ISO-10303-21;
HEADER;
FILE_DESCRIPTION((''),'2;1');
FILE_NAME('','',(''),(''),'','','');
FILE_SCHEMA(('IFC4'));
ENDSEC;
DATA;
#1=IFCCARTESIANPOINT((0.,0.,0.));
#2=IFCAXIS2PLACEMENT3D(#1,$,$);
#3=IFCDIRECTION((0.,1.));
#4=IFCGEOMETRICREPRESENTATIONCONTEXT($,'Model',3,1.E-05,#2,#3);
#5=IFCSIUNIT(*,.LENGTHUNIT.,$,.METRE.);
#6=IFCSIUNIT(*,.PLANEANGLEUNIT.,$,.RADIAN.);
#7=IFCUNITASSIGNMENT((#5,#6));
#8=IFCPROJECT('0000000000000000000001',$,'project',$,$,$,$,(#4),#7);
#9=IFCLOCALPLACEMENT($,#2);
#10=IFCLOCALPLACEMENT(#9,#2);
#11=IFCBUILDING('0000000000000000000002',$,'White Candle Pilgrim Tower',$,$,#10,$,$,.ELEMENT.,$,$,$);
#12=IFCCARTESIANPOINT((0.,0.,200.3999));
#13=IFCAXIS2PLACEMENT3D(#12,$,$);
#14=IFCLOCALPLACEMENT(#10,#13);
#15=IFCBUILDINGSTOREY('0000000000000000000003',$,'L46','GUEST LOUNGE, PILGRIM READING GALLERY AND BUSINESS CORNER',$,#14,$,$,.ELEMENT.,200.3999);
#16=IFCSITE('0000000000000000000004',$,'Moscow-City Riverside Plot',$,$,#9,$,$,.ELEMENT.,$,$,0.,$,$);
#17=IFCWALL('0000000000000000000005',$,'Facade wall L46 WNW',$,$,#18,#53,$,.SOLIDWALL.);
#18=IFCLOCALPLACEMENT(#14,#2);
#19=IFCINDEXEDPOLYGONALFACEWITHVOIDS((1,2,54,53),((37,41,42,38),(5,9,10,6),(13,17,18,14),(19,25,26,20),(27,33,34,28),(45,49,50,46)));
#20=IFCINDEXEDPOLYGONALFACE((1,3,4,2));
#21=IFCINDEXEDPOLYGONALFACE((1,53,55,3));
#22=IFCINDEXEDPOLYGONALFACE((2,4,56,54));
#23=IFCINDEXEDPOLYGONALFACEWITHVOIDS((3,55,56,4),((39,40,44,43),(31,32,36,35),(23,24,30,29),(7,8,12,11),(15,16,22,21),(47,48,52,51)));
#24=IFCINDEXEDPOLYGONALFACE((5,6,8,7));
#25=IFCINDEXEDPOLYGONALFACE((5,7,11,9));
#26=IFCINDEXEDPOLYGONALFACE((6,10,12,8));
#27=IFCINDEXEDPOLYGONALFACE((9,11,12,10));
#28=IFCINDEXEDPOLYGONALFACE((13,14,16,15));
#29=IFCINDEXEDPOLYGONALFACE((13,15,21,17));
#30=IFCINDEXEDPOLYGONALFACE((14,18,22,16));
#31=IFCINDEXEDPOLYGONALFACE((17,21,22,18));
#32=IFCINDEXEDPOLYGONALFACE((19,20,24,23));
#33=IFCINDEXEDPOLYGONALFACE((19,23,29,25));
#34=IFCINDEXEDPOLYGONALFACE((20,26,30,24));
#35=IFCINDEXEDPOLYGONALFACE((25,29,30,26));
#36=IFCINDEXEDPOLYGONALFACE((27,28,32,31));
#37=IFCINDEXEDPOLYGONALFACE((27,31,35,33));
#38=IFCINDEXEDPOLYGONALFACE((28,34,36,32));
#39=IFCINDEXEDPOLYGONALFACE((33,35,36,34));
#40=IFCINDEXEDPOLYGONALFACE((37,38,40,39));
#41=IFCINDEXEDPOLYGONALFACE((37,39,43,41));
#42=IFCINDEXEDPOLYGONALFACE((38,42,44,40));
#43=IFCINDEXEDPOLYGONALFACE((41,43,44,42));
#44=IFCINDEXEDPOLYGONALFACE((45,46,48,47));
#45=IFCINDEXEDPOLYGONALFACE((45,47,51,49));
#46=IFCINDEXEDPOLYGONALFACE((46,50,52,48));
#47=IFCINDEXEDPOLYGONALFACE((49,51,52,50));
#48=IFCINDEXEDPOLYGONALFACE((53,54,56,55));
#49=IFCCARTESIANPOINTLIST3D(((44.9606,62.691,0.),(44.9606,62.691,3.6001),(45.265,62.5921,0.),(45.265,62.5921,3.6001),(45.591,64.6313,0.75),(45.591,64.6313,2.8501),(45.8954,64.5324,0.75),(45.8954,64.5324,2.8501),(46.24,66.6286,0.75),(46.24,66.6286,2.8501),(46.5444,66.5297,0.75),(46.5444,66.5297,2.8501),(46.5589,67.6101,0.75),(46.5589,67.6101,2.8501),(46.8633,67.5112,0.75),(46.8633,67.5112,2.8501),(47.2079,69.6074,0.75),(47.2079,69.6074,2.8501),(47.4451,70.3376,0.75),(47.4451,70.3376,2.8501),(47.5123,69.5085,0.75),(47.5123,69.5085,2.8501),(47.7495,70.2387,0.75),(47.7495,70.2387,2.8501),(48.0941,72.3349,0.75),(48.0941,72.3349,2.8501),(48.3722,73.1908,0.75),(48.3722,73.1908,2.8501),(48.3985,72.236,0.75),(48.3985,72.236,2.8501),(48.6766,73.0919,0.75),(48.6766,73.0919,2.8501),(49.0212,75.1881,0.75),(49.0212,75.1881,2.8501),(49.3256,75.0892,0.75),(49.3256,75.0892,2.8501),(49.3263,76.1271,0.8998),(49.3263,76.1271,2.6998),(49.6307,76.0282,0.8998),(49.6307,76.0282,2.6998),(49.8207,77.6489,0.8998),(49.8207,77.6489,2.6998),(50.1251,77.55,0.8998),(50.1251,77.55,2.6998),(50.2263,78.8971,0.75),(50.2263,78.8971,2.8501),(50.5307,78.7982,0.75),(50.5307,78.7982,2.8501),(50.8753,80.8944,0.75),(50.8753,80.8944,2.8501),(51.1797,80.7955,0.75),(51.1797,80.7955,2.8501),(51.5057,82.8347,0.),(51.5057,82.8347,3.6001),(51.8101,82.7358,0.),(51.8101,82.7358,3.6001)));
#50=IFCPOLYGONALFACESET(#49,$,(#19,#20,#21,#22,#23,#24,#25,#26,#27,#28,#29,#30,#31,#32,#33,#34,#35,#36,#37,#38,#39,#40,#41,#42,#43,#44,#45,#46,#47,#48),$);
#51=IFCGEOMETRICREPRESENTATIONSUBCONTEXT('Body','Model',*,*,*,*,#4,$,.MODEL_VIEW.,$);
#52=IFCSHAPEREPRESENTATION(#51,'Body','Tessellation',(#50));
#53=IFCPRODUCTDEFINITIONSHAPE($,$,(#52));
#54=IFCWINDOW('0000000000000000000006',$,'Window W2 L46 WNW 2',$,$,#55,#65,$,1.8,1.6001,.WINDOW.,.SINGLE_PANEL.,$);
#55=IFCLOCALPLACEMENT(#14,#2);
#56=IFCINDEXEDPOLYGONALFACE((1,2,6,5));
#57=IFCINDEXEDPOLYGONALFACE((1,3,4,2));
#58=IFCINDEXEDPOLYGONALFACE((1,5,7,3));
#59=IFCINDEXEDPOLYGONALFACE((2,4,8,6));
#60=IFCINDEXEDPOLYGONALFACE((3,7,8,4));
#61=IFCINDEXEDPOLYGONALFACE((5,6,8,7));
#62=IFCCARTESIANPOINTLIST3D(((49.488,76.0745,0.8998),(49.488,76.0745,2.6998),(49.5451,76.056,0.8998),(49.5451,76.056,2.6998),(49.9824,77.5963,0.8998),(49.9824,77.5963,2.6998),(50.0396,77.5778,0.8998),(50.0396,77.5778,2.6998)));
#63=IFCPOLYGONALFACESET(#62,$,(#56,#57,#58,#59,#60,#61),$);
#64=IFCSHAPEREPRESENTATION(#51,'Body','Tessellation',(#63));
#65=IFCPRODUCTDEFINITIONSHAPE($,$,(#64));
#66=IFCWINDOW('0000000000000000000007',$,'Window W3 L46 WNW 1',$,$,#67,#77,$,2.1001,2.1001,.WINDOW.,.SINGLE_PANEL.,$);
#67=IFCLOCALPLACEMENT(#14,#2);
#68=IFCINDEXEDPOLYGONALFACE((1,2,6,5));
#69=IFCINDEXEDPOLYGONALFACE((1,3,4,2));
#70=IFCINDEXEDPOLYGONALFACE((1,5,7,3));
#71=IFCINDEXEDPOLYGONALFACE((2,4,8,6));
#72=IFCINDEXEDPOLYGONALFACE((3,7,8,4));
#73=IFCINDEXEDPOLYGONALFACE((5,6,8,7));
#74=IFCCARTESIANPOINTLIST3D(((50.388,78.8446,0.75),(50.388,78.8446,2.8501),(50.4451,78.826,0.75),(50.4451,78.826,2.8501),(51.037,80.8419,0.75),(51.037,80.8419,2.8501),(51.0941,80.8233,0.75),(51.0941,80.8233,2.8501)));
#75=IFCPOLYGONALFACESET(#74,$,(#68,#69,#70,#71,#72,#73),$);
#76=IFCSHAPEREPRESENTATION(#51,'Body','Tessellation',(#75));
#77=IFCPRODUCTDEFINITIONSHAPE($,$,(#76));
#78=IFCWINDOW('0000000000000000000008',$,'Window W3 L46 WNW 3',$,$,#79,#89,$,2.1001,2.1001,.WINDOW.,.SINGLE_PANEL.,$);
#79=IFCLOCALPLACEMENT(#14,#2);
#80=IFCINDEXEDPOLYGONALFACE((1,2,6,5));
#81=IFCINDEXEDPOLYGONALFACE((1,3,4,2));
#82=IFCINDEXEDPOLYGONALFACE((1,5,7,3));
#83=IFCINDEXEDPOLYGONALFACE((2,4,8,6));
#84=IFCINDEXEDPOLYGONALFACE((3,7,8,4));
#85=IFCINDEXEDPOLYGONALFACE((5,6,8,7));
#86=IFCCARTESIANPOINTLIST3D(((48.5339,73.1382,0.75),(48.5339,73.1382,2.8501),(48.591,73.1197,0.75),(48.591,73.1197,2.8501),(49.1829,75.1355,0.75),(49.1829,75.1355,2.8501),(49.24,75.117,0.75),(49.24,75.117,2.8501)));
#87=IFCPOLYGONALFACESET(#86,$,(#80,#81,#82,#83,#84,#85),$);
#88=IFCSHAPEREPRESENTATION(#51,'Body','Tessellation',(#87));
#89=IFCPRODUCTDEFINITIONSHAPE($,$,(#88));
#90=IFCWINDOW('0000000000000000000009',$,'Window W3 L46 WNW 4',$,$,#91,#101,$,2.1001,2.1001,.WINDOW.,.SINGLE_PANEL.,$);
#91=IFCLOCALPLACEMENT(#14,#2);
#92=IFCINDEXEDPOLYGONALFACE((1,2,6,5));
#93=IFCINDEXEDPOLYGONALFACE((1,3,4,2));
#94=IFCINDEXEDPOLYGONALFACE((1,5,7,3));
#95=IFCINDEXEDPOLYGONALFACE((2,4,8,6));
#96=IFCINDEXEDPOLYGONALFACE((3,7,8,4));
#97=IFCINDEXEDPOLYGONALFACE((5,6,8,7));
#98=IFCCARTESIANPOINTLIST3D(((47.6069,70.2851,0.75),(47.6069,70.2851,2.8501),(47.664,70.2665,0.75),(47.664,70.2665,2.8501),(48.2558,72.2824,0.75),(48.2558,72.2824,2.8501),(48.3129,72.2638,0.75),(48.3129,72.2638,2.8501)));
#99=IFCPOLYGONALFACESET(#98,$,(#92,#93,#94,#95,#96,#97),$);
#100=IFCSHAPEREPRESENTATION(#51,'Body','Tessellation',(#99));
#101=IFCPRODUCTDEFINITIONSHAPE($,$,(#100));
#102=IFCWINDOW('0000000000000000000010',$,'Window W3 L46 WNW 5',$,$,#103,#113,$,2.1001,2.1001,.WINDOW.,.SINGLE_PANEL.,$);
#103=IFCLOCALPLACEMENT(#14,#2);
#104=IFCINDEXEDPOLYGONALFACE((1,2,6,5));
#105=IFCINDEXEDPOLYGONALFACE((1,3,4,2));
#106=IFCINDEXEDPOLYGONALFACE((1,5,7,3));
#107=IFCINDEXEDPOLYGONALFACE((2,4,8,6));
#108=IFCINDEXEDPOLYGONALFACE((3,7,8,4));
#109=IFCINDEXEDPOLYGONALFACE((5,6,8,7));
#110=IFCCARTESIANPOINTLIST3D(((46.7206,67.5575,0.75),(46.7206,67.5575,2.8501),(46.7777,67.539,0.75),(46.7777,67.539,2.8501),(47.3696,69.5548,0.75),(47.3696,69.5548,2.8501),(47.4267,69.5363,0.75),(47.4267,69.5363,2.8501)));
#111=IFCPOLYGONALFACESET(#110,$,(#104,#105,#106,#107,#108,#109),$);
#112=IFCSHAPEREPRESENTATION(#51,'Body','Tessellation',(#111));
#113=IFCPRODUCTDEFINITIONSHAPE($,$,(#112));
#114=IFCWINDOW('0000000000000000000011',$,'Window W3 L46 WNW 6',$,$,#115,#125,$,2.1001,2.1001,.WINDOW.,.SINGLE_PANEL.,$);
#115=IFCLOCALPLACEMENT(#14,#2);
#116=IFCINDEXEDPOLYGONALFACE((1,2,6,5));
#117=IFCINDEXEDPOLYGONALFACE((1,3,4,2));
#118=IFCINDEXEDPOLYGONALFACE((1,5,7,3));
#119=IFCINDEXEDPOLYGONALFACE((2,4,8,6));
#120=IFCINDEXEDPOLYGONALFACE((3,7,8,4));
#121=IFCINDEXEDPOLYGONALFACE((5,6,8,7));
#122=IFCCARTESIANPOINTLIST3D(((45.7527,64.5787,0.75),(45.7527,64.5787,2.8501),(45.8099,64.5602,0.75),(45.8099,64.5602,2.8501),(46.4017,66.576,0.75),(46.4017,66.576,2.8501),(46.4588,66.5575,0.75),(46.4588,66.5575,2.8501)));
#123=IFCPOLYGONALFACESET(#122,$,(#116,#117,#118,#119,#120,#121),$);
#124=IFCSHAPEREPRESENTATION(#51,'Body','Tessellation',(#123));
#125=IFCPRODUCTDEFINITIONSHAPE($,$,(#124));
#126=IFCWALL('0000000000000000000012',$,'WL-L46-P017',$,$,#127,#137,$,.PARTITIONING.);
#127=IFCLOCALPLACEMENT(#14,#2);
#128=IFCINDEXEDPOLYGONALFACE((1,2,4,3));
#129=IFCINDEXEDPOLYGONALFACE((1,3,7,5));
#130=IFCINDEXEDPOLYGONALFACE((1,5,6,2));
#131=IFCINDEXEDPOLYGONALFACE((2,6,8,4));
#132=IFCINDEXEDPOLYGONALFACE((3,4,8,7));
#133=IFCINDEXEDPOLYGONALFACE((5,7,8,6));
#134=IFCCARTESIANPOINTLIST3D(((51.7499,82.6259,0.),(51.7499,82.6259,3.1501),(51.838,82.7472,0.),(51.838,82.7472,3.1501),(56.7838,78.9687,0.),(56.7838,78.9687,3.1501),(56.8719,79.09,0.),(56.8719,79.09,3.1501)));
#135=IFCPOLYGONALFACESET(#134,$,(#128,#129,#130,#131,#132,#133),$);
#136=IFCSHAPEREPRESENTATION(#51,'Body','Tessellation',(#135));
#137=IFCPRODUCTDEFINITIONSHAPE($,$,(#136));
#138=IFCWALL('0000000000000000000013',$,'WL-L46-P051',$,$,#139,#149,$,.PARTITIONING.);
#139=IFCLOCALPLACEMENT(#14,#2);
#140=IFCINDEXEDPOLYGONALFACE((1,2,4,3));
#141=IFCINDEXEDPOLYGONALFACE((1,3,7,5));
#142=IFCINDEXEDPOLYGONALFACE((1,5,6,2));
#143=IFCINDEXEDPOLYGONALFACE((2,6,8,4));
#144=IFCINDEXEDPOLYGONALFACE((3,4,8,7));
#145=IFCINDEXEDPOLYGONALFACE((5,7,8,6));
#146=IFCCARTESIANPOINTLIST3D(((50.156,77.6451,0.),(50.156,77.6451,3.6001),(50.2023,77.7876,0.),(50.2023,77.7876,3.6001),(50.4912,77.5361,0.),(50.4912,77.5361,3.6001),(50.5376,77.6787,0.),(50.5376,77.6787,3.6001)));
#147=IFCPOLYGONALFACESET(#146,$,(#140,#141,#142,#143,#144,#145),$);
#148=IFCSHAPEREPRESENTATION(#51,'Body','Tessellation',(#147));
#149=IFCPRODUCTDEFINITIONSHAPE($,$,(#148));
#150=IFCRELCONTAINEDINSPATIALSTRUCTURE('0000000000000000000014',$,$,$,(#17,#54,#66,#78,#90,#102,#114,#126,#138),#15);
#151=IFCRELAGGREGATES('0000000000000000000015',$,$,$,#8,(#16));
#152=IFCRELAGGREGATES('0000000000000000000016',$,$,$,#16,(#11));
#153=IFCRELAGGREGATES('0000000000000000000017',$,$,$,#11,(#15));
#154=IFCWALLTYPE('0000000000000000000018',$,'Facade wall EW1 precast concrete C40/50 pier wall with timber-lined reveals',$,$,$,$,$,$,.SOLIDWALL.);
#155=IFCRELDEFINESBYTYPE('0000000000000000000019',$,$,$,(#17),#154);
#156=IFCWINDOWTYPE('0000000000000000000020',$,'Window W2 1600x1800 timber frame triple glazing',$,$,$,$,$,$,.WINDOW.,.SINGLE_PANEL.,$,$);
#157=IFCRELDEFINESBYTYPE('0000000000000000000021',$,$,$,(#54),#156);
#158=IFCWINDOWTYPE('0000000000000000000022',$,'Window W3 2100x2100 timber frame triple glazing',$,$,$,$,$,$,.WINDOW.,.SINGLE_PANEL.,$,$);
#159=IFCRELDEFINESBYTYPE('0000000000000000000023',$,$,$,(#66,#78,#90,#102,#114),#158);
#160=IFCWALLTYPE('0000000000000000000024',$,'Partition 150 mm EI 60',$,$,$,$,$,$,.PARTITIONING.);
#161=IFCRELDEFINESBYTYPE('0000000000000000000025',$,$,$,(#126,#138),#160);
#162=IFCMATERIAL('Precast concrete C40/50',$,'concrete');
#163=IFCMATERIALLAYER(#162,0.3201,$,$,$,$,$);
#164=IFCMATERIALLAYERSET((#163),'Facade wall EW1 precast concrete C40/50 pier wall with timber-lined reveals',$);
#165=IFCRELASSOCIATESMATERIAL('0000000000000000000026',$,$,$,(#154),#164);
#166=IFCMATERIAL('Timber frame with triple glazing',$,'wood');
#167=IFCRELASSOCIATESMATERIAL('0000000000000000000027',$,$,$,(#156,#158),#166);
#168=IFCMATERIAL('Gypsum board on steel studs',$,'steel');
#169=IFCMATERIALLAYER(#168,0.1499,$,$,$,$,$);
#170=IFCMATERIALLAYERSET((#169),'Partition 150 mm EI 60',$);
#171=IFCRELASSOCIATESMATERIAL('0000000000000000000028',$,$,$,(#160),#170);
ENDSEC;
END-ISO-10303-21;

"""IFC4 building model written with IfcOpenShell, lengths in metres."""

from ifc_helpers import new_model, si_unit, direction, frame, frame_2d, origin, place, context, subcontext, project, spatial, rectangle, extrude, material, layer, layer_set, type_object, element, fill, save


model = new_model("IFC4")

# Units and contexts
model_context = context("Model", 3, precision=1e-05, world=origin(), true_north=direction((0.0, 1.0)))
body_context = subcontext(model_context, "Body", "Model", "MODEL_VIEW")
ifc_project = project(units=[si_unit("LENGTHUNIT", "METRE"), si_unit("PLANEANGLEUNIT", "RADIAN")], contexts=[model_context])

# Site, building, storey
site_placement = place(None, origin())
site = spatial("IfcSite", under=ifc_project, at=site_placement, Name="Moscow-City Riverside Plot", CompositionType="ELEMENT", RefElevation=0.0)
building_placement = place(site_placement, origin())
building = spatial("IfcBuilding", under=site, at=building_placement, Name="White Candle Pilgrim Tower", CompositionType="ELEMENT")
storey_placement = place(building_placement, frame((0.0, 0.0, 200.3999)))
storey = spatial("IfcBuildingStorey", under=building, at=storey_placement, Name="L46", Description="GUEST LOUNGE, PILGRIM READING GALLERY AND BUSINESS CORNER", CompositionType="ELEMENT", Elevation=200.3999)

# Shared definitions
ifc_material_1 = material(Name="Precast concrete C40/50", Category="concrete")
ifc_layer_1 = layer(ifc_material_1, 0.3201)
ifc_layer_set_1 = layer_set([ifc_layer_1], Name="Facade wall EW1 precast concrete C40/50 pier wall with timber-lined reveals")
wall_type_1 = type_object("IfcWallType", Name="Facade wall EW1 precast concrete C40/50 pier wall with timber-lined reveals", PredefinedType="SOLIDWALL", material=ifc_layer_set_1)

# Wall, openings, windows
ifc_material_2 = material(Name="Timber frame with triple glazing", Category="wood")
window_type_1 = type_object("IfcWindowType", Name="Window W2 1600x1800 timber frame triple glazing", PartitioningType="SINGLE_PANEL", PredefinedType="WINDOW", material=ifc_material_2)
wall_1_placement = place(storey_placement, frame((51.658, 82.7854, 0.0), z_axis=(0.0, 0.0, 1.0), x_axis=(-0.309019, -0.951056, 0.0)))
wall_1 = element("IfcWall", 1, at=wall_1_placement, inside=storey, type_object=wall_type_1, Name="Facade wall L46 WNW", PredefinedType="SOLIDWALL", context=body_context, shape_type="SweptSolid", body=[
    extrude(rectangle(XDim=21.1804, YDim=0.3201, at=frame_2d((10.5903, 0.0))), origin(), (0.0, 0.0, 1.0), 3.6001),
])
opening_1_placement = place(wall_1_placement, frame((2.0403, 0.0, 0.75)))
opening_1 = element("IfcOpeningElement", 2, at=opening_1_placement, cuts=wall_1, PredefinedType="OPENING", context=body_context, shape_type="SweptSolid", body=[
    extrude(rectangle(XDim=2.1001, YDim=2.1001, at=frame_2d((1.05, 1.05))), frame((0.0, 0.1699, 0.0), z_axis=(0.0, -1.0, 0.0), x_axis=(1.0, 0.0, 0.0)), (0.0, 0.0, 1.0), 0.3401),
])
opening_2_placement = place(wall_1_placement, frame((5.4529, 0.0, 0.8999)))
opening_2 = element("IfcOpeningElement", 3, at=opening_2_placement, cuts=wall_1, PredefinedType="OPENING", context=body_context, shape_type="SweptSolid", body=[
    extrude(rectangle(XDim=1.6001, YDim=1.8, at=frame_2d((0.8, 0.8999))), frame((0.0, 0.1699, 0.0), z_axis=(0.0, -1.0, 0.0), x_axis=(1.0, 0.0, 0.0)), (0.0, 0.0, 1.0), 0.3401),
])
opening_3_placement = place(wall_1_placement, frame((8.0403, 0.0, 0.75)))
opening_3 = element("IfcOpeningElement", 4, at=opening_3_placement, cuts=wall_1, PredefinedType="OPENING", context=body_context, shape_type="SweptSolid", body=[
    extrude(rectangle(XDim=2.1001, YDim=2.1001, at=frame_2d((1.05, 1.05))), frame((0.0, 0.1699, 0.0), z_axis=(0.0, -1.0, 0.0), x_axis=(1.0, 0.0, 0.0)), (0.0, 0.0, 1.0), 0.3401),
])
opening_4_placement = place(wall_1_placement, frame((11.0403, 0.0, 0.75)))
opening_4 = element("IfcOpeningElement", 5, at=opening_4_placement, cuts=wall_1, PredefinedType="OPENING", context=body_context, shape_type="SweptSolid", body=[
    extrude(rectangle(XDim=2.1001, YDim=2.1001, at=frame_2d((1.05, 1.05))), frame((0.0, 0.1699, 0.0), z_axis=(0.0, -1.0, 0.0), x_axis=(1.0, 0.0, 0.0)), (0.0, 0.0, 1.0), 0.3401),
])
opening_5_placement = place(wall_1_placement, frame((13.9082, 0.0, 0.75)))
opening_5 = element("IfcOpeningElement", 6, at=opening_5_placement, cuts=wall_1, PredefinedType="OPENING", context=body_context, shape_type="SweptSolid", body=[
    extrude(rectangle(XDim=2.1001, YDim=2.1001, at=frame_2d((1.05, 1.05))), frame((0.0, 0.1699, 0.0), z_axis=(0.0, -1.0, 0.0), x_axis=(1.0, 0.0, 0.0)), (0.0, 0.0, 1.0), 0.3401),
])
opening_6_placement = place(wall_1_placement, frame((17.0403, 0.0, 0.75)))
opening_6 = element("IfcOpeningElement", 7, at=opening_6_placement, cuts=wall_1, PredefinedType="OPENING", context=body_context, shape_type="SweptSolid", body=[
    extrude(rectangle(XDim=2.1001, YDim=2.1001, at=frame_2d((1.05, 1.05))), frame((0.0, 0.1699, 0.0), z_axis=(0.0, -1.0, 0.0), x_axis=(1.0, 0.0, 0.0)), (0.0, 0.0, 1.0), 0.3401),
])
window_1_placement = place(opening_2_placement, origin())
window_1 = element("IfcWindow", 8, at=window_1_placement, inside=storey, type_object=window_type_1, Name="Window W2 L46 WNW 2", OverallHeight=1.8, OverallWidth=1.6001, PartitioningType="SINGLE_PANEL", PredefinedType="WINDOW", context=body_context, shape_type="SweptSolid", body=[
    extrude(rectangle(XDim=1.6001, YDim=1.8, at=frame_2d((0.8, 0.8999))), frame((0.0, 0.0701, 0.0), z_axis=(0.0, -1.0, 0.0), x_axis=(1.0, 0.0, 0.0)), (0.0, 0.0, 1.0), 0.0601),
])
fill(opening_2, window_1)
window_type_2 = type_object("IfcWindowType", Name="Window W3 2100x2100 timber frame triple glazing", PartitioningType="SINGLE_PANEL", PredefinedType="WINDOW", material=ifc_material_2)
window_2_placement = place(opening_1_placement, origin())
window_2 = element("IfcWindow", 9, at=window_2_placement, inside=storey, type_object=window_type_2, Name="Window W3 L46 WNW 1", OverallHeight=2.1001, OverallWidth=2.1001, PartitioningType="SINGLE_PANEL", PredefinedType="WINDOW", context=body_context, shape_type="SweptSolid", body=[
    extrude(rectangle(XDim=2.1001, YDim=2.1001, at=frame_2d((1.05, 1.05))), frame((0.0, 0.0701, 0.0), z_axis=(0.0, -1.0, 0.0), x_axis=(1.0, 0.0, 0.0)), (0.0, 0.0, 1.0), 0.0601),
])
fill(opening_1, window_2)
window_3_placement = place(opening_3_placement, origin())
window_3 = element("IfcWindow", 10, at=window_3_placement, inside=storey, type_object=window_type_2, Name="Window W3 L46 WNW 3", OverallHeight=2.1001, OverallWidth=2.1001, PartitioningType="SINGLE_PANEL", PredefinedType="WINDOW", context=body_context, shape_type="SweptSolid", body=[
    extrude(rectangle(XDim=2.1001, YDim=2.1001, at=frame_2d((1.05, 1.05))), frame((0.0, 0.0701, 0.0), z_axis=(0.0, -1.0, 0.0), x_axis=(1.0, 0.0, 0.0)), (0.0, 0.0, 1.0), 0.0601),
])
fill(opening_3, window_3)
window_4_placement = place(opening_4_placement, origin())
window_4 = element("IfcWindow", 11, at=window_4_placement, inside=storey, type_object=window_type_2, Name="Window W3 L46 WNW 4", OverallHeight=2.1001, OverallWidth=2.1001, PartitioningType="SINGLE_PANEL", PredefinedType="WINDOW", context=body_context, shape_type="SweptSolid", body=[
    extrude(rectangle(XDim=2.1001, YDim=2.1001, at=frame_2d((1.05, 1.05))), frame((0.0, 0.0701, 0.0), z_axis=(0.0, -1.0, 0.0), x_axis=(1.0, 0.0, 0.0)), (0.0, 0.0, 1.0), 0.0601),
])
fill(opening_4, window_4)
window_5_placement = place(opening_5_placement, origin())
window_5 = element("IfcWindow", 12, at=window_5_placement, inside=storey, type_object=window_type_2, Name="Window W3 L46 WNW 5", OverallHeight=2.1001, OverallWidth=2.1001, PartitioningType="SINGLE_PANEL", PredefinedType="WINDOW", context=body_context, shape_type="SweptSolid", body=[
    extrude(rectangle(XDim=2.1001, YDim=2.1001, at=frame_2d((1.05, 1.05))), frame((0.0, 0.0701, 0.0), z_axis=(0.0, -1.0, 0.0), x_axis=(1.0, 0.0, 0.0)), (0.0, 0.0, 1.0), 0.0601),
])
fill(opening_5, window_5)
window_6_placement = place(opening_6_placement, origin())
window_6 = element("IfcWindow", 13, at=window_6_placement, inside=storey, type_object=window_type_2, Name="Window W3 L46 WNW 6", OverallHeight=2.1001, OverallWidth=2.1001, PartitioningType="SINGLE_PANEL", PredefinedType="WINDOW", context=body_context, shape_type="SweptSolid", body=[
    extrude(rectangle(XDim=2.1001, YDim=2.1001, at=frame_2d((1.05, 1.05))), frame((0.0, 0.0701, 0.0), z_axis=(0.0, -1.0, 0.0), x_axis=(1.0, 0.0, 0.0)), (0.0, 0.0, 1.0), 0.0601),
])
fill(opening_6, window_6)

# Walls
ifc_material_3 = material(Name="Gypsum board on steel studs", Category="steel")
ifc_layer_2 = layer(ifc_material_3, 0.1499)
ifc_layer_set_2 = layer_set([ifc_layer_2], Name="Partition 150 mm EI 60")
wall_type_2 = type_object("IfcWallType", Name="Partition 150 mm EI 60", PredefinedType="PARTITIONING", material=ifc_layer_set_2)
wall_2_placement = place(storey_placement, frame((51.7939, 82.6865, 0.0), z_axis=(0.0, 0.0, 1.0), x_axis=(0.809028, -0.58777, 0.0)))
element("IfcWall", 14, at=wall_2_placement, inside=storey, type_object=wall_type_2, Name="WL-L46-P017", PredefinedType="PARTITIONING", context=body_context, shape_type="SweptSolid", body=[
    extrude(rectangle(XDim=6.2222, YDim=0.1499, at=frame_2d((3.1111, 0.0))), origin(), (0.0, 0.0, 1.0), 3.1501),
])
wall_3_placement = place(storey_placement, frame((50.5144, 77.6074, 0.0), z_axis=(0.0, 0.0, 1.0), x_axis=(-0.95108, 0.308945, 0.0)))
element("IfcWall", 15, at=wall_3_placement, inside=storey, type_object=wall_type_2, Name="WL-L46-P051", PredefinedType="PARTITIONING", context=body_context, shape_type="SweptSolid", body=[
    extrude(rectangle(XDim=0.3525, YDim=0.1499, at=frame_2d((0.1763, 0.0))), origin(), (0.0, 0.0, 1.0), 3.6001),
])

save(model, "model.ifc")
